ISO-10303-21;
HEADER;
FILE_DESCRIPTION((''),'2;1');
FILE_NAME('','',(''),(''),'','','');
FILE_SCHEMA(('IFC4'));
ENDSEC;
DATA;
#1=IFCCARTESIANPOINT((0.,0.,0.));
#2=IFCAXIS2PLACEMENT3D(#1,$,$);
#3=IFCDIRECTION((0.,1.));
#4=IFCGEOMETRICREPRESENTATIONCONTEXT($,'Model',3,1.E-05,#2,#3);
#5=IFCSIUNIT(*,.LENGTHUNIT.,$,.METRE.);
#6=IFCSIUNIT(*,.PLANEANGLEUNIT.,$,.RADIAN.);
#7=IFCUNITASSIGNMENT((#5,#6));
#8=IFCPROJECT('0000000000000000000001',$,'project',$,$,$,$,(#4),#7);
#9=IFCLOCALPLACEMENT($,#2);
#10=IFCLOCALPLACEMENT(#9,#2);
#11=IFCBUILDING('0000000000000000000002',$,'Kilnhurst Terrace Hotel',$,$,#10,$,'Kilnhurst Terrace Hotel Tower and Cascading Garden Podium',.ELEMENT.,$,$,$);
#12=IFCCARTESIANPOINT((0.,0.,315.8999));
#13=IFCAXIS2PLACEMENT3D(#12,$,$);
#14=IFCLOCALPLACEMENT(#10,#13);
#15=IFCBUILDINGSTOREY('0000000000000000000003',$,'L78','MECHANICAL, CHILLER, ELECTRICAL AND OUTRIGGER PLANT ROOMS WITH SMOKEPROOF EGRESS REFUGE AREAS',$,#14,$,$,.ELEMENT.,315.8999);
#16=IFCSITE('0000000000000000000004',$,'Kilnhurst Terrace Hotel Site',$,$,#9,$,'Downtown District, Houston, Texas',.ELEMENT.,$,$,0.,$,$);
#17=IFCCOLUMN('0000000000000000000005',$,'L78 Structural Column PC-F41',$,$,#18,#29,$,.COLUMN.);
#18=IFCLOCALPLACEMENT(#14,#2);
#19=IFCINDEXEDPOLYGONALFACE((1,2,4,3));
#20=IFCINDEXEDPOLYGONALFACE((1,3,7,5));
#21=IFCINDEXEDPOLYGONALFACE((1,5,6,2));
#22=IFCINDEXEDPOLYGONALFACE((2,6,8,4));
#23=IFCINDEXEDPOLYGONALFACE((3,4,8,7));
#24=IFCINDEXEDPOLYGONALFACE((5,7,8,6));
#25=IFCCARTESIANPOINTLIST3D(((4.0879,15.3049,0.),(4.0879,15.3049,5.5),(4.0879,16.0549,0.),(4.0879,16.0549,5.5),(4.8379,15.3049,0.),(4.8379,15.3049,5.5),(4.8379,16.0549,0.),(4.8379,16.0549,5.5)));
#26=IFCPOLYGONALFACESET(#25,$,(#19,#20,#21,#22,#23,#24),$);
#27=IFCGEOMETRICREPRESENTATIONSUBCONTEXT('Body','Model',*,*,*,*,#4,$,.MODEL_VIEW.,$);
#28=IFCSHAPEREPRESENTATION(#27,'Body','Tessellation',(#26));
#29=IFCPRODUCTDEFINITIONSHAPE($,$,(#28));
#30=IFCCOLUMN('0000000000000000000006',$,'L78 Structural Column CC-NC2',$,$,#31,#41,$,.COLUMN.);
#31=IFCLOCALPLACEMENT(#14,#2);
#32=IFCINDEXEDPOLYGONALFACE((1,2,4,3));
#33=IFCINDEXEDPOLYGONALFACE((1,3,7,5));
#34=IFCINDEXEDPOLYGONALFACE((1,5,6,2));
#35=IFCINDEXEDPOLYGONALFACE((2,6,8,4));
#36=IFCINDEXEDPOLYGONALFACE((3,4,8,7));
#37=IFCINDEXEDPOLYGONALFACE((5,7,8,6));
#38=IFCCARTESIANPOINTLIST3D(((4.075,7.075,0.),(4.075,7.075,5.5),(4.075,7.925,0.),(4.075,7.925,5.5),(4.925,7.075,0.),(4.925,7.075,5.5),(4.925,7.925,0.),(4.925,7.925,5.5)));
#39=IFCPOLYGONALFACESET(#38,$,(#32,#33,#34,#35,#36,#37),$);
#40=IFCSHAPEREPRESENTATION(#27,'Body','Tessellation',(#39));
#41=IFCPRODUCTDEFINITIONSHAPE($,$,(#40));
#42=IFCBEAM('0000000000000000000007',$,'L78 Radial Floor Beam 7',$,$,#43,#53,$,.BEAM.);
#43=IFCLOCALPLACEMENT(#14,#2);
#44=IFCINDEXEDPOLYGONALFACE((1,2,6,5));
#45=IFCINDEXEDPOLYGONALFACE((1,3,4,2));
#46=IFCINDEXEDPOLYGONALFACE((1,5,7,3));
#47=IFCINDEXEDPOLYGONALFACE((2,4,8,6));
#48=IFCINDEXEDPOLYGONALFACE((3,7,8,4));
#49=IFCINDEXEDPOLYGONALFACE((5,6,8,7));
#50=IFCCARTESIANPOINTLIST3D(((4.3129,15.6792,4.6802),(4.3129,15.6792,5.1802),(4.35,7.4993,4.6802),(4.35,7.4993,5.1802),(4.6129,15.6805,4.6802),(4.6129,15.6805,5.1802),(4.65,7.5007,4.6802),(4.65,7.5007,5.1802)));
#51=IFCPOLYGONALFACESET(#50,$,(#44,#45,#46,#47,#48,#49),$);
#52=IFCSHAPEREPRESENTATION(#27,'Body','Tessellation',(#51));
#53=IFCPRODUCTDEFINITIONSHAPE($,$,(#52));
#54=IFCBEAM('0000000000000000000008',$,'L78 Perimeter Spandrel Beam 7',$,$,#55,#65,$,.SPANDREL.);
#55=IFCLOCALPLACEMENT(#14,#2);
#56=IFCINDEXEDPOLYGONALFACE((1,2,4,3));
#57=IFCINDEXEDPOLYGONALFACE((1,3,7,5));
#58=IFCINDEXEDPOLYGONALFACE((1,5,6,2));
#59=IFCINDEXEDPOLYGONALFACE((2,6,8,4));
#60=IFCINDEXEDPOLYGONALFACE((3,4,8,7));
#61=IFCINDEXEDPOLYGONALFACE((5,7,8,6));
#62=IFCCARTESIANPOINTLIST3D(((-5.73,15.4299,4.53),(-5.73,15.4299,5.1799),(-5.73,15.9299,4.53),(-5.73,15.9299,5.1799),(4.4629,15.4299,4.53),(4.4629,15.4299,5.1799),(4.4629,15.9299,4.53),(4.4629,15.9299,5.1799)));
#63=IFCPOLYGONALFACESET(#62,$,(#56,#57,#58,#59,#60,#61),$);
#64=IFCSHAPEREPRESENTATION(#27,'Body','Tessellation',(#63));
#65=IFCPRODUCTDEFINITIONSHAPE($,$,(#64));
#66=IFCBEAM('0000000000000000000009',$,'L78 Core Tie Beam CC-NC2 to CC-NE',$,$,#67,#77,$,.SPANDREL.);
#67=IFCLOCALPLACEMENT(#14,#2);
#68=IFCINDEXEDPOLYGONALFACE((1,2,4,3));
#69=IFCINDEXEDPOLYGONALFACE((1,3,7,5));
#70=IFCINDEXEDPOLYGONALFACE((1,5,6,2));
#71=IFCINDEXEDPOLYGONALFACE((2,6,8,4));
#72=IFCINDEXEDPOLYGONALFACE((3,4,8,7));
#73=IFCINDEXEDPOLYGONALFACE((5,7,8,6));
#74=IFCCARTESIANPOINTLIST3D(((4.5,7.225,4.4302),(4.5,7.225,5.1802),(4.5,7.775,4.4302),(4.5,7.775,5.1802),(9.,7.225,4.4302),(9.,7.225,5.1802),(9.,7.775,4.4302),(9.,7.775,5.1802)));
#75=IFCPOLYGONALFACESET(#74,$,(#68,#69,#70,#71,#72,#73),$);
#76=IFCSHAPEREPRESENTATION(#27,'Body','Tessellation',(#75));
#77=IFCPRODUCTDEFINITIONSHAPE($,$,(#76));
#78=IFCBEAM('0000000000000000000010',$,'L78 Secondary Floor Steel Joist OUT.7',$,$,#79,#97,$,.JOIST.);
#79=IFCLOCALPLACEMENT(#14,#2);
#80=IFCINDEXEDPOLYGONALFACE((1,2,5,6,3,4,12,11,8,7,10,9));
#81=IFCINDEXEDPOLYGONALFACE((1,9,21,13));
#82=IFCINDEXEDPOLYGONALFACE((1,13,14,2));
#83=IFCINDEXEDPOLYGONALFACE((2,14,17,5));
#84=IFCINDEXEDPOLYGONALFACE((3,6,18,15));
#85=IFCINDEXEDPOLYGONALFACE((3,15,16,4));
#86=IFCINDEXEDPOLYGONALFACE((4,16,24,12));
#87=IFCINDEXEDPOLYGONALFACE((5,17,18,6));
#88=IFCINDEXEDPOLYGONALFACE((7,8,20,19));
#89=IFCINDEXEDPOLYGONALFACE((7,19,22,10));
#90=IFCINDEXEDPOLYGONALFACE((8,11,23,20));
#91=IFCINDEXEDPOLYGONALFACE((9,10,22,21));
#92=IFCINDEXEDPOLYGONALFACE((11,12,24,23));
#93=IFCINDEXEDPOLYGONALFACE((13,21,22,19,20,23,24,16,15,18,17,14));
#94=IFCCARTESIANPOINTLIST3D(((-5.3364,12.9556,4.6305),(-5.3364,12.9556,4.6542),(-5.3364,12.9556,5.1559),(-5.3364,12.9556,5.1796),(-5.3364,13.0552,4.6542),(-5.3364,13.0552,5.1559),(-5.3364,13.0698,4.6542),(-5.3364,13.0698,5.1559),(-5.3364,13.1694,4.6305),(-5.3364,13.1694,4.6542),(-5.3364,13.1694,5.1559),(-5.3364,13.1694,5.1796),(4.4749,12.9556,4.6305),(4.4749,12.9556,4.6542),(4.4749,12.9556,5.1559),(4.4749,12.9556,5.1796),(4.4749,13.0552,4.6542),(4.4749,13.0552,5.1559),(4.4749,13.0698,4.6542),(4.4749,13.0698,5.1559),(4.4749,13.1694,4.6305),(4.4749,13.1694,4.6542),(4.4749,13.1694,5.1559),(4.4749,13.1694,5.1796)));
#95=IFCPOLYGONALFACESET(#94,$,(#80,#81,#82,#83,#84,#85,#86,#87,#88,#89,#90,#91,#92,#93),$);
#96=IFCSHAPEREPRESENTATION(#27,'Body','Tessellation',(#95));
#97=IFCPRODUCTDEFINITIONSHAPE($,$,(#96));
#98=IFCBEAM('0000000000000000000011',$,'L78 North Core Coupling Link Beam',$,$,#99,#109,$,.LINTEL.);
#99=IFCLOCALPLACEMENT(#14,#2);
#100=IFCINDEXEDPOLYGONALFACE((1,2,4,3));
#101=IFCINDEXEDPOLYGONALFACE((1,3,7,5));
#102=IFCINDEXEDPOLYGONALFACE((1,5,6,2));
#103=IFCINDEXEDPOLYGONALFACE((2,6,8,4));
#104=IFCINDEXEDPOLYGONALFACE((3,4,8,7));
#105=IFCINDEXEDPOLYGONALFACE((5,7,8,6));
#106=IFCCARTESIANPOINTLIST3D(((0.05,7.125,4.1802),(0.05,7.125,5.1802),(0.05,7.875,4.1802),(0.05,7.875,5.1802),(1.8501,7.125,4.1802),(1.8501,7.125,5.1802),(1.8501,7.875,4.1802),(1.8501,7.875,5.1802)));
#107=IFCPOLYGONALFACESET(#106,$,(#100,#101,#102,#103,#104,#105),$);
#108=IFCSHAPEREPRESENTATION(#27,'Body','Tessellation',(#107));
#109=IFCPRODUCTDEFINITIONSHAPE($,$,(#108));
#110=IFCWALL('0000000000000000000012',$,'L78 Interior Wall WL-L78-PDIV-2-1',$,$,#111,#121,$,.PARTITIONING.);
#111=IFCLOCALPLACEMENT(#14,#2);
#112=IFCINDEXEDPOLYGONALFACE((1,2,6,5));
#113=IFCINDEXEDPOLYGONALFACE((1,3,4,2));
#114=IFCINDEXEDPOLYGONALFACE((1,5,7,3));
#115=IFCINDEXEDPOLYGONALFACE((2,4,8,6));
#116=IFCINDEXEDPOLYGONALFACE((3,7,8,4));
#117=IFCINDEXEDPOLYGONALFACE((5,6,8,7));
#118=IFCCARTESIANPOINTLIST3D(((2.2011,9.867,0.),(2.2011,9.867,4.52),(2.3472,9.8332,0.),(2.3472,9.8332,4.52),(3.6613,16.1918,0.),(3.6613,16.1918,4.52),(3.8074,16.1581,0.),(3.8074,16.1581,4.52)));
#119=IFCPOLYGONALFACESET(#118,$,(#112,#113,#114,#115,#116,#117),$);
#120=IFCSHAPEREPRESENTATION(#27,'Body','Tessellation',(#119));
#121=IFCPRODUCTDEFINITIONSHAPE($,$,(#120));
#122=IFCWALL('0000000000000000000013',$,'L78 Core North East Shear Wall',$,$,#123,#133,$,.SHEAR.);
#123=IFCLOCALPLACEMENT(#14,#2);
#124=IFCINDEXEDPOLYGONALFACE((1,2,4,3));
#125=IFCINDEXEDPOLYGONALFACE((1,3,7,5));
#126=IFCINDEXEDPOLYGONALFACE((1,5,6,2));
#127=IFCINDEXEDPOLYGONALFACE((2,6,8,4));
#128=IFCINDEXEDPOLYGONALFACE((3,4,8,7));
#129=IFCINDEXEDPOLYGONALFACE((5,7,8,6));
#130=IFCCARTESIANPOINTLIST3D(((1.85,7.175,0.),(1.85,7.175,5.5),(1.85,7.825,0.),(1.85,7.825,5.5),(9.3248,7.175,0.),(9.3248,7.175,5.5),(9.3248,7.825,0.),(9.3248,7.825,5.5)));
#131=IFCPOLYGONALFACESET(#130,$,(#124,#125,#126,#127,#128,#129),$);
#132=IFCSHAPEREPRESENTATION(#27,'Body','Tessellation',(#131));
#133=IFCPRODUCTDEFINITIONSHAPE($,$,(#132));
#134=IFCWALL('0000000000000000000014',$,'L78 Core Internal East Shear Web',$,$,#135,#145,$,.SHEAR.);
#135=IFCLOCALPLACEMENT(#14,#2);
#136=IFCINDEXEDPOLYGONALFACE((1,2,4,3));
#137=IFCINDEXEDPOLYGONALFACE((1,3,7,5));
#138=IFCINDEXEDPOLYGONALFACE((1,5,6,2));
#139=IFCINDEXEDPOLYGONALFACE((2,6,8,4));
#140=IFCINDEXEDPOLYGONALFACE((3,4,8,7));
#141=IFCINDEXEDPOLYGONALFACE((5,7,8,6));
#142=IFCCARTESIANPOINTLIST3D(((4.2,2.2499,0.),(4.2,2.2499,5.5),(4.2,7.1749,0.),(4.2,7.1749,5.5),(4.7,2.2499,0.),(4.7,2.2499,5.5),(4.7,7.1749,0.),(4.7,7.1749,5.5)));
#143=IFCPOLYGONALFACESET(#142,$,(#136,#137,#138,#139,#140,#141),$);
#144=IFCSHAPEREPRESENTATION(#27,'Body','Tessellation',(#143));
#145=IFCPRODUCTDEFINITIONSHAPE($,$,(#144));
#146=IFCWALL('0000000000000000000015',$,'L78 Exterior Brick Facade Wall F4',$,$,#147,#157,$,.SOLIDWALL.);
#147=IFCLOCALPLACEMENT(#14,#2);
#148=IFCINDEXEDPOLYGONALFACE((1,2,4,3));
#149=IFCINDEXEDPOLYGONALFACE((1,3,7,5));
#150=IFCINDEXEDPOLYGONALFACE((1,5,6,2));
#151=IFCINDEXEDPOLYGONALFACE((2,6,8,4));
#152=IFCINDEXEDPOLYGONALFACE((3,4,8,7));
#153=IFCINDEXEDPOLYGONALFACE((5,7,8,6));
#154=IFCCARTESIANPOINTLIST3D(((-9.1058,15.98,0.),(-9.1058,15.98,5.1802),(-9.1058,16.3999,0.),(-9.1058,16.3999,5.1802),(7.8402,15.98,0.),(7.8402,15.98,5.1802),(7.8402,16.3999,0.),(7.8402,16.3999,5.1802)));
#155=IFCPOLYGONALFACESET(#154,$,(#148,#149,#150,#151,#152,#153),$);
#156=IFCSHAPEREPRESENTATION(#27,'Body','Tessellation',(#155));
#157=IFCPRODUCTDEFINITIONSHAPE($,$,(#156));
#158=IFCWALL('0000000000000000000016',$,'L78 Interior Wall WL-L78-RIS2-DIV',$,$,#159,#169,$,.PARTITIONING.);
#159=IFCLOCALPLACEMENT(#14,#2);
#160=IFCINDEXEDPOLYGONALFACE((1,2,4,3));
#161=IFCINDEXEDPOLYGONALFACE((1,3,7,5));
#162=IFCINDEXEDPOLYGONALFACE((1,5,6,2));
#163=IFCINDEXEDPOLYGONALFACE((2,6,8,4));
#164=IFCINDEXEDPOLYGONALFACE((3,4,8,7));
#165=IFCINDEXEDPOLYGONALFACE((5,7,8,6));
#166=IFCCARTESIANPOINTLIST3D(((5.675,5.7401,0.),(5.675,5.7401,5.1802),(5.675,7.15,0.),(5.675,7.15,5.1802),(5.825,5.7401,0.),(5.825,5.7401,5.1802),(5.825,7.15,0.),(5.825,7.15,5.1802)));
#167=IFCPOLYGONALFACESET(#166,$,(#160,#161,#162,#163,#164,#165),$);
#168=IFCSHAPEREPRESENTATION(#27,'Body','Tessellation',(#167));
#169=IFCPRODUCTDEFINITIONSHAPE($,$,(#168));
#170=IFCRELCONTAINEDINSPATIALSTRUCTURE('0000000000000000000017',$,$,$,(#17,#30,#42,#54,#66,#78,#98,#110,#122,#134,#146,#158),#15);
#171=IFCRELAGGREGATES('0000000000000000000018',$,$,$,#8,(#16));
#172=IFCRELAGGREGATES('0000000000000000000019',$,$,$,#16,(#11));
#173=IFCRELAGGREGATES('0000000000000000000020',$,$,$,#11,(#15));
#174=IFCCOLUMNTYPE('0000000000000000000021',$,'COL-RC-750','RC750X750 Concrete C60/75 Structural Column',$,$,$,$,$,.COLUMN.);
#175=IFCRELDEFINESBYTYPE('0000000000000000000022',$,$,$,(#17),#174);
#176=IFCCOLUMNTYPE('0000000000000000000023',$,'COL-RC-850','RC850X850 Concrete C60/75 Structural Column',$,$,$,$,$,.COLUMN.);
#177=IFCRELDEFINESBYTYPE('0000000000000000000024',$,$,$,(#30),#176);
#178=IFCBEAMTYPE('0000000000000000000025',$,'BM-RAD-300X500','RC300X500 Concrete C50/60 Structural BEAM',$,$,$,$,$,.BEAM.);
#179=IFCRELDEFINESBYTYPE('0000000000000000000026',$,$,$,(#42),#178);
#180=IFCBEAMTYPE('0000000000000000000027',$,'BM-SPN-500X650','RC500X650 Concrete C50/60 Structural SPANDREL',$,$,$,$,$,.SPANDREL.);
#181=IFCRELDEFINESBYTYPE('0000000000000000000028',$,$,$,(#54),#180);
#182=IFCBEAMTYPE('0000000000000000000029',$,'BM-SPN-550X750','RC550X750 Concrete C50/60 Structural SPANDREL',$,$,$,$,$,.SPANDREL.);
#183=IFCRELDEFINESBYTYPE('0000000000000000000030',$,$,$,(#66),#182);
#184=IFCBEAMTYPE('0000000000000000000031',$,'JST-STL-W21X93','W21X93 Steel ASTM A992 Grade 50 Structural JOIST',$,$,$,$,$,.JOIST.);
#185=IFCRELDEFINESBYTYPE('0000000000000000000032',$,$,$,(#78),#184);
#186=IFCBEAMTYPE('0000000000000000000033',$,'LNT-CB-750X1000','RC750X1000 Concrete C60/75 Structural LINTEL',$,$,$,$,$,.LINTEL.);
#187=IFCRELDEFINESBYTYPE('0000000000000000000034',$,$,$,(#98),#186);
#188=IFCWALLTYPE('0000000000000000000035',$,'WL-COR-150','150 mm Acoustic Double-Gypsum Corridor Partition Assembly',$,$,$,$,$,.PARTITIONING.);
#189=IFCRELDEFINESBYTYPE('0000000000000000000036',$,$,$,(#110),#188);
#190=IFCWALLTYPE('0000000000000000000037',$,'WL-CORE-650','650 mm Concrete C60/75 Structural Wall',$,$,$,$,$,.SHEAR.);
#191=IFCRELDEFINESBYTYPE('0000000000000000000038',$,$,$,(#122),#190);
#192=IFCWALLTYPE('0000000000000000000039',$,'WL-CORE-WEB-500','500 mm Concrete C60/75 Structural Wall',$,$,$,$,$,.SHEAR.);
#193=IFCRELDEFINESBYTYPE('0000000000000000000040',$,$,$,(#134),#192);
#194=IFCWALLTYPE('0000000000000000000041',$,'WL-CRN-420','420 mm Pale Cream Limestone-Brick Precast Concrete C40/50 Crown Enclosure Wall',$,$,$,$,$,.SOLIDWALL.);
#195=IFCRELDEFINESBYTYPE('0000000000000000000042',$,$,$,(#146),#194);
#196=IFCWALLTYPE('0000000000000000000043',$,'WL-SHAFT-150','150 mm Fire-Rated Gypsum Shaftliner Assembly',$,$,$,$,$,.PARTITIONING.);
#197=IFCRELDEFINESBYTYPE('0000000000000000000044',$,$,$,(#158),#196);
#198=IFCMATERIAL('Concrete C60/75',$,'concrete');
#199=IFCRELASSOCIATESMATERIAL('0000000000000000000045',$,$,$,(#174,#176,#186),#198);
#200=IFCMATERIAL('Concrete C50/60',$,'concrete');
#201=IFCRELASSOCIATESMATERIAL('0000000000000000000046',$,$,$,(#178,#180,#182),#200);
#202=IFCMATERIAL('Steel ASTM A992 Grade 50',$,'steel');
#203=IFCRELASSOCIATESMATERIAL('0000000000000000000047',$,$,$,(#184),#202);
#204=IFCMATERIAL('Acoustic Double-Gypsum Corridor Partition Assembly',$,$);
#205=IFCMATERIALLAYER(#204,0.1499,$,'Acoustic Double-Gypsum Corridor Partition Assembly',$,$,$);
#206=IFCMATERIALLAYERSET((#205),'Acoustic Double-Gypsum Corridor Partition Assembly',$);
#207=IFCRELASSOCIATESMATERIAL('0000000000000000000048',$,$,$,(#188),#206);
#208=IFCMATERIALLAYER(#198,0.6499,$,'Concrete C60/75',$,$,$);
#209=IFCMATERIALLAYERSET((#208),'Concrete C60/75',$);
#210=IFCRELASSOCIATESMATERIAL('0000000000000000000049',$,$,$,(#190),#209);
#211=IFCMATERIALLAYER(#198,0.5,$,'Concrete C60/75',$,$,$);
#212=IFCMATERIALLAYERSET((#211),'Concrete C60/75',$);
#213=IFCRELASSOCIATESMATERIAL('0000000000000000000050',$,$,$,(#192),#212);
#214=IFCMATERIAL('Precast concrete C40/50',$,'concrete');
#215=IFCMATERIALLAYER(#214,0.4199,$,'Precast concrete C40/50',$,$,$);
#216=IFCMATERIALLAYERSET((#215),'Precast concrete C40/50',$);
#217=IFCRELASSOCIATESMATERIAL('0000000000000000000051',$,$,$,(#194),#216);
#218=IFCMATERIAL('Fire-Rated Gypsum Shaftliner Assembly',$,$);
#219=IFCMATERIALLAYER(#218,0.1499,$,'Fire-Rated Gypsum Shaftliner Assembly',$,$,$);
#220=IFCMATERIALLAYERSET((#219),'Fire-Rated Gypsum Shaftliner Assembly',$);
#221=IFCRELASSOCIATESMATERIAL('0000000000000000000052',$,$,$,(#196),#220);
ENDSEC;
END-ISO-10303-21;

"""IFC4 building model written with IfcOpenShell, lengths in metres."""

from ifc_helpers import new_model, si_unit, direction, frame, frame_2d, origin, origin_2d, place, context, subcontext, project, spatial, rectangle, i_section, extrude, material, layer, layer_set, material_profile, profile_set, type_object, element, save


model = new_model("IFC4")

# Units and contexts
model_context = context("Model", 3, precision=1e-05, world=origin(), true_north=direction((0.0, 1.0)))
body_context = subcontext(model_context, "Body", "Model", "MODEL_VIEW")
ifc_project = project(units=[si_unit("LENGTHUNIT", "METRE"), si_unit("PLANEANGLEUNIT", "RADIAN")], contexts=[model_context])

# Site, building, storey
site_placement = place(None, origin())
site = spatial("IfcSite", under=ifc_project, at=site_placement, Name="Kilnhurst Terrace Hotel Site", LongName="Downtown District, Houston, Texas", CompositionType="ELEMENT", RefElevation=0.0)
building_placement = place(site_placement, origin())
building = spatial("IfcBuilding", under=site, at=building_placement, Name="Kilnhurst Terrace Hotel", LongName="Kilnhurst Terrace Hotel Tower and Cascading Garden Podium", CompositionType="ELEMENT")
storey_placement = place(building_placement, frame((0.0, 0.0, 315.8999)))
storey = spatial("IfcBuildingStorey", under=building, at=storey_placement, Name="L78", Description="MECHANICAL, CHILLER, ELECTRICAL AND OUTRIGGER PLANT ROOMS WITH SMOKEPROOF EGRESS REFUGE AREAS", CompositionType="ELEMENT", Elevation=315.8999)

# Columns
ifc_material_1 = material(Name="Concrete C60/75", Category="concrete")
ifc_material_profile_1 = material_profile(ifc_material_1, rectangle(XDim=0.75, YDim=0.75, at=origin_2d()), Name="RC750X750")
ifc_profile_set_1 = profile_set([ifc_material_profile_1], Name="Concrete C60/75")
column_type_1 = type_object("IfcColumnType", Name="COL-RC-750", Description="RC750X750 Concrete C60/75 Structural Column", PredefinedType="COLUMN", material=ifc_profile_set_1)
column_1_placement = place(storey_placement, frame((4.4629, 15.6799, 0.0), z_axis=(0.0, 0.0, 1.0), x_axis=(1.0, 0.0, 0.0)))
element("IfcColumn", 1, at=column_1_placement, inside=storey, type_object=column_type_1, Name="L78 Structural Column PC-F41", PredefinedType="COLUMN", context=body_context, shape_type="SweptSolid", body=[
    extrude(rectangle(XDim=0.75, YDim=0.75, at=origin_2d()), origin(), (0.0, 0.0, 1.0), 5.5),
])
ifc_material_profile_2 = material_profile(ifc_material_1, rectangle(XDim=0.8501, YDim=0.8501, at=origin_2d()), Name="RC850X850")
ifc_profile_set_2 = profile_set([ifc_material_profile_2], Name="Concrete C60/75")
column_type_2 = type_object("IfcColumnType", Name="COL-RC-850", Description="RC850X850 Concrete C60/75 Structural Column", PredefinedType="COLUMN", material=ifc_profile_set_2)
column_2_placement = place(storey_placement, frame((4.5, 7.5, 0.0), z_axis=(0.0, 0.0, 1.0), x_axis=(1.0, 0.0, 0.0)))
element("IfcColumn", 2, at=column_2_placement, inside=storey, type_object=column_type_2, Name="L78 Structural Column CC-NC2", PredefinedType="COLUMN", context=body_context, shape_type="SweptSolid", body=[
    extrude(rectangle(XDim=0.8501, YDim=0.8501, at=origin_2d()), origin(), (0.0, 0.0, 1.0), 5.5),
])

# Beams
ifc_material_2 = material(Name="Concrete C50/60", Category="concrete")
ifc_material_profile_3 = material_profile(ifc_material_2, rectangle(XDim=0.3, YDim=0.5, at=origin_2d()), Name="RC300X500")
ifc_profile_set_3 = profile_set([ifc_material_profile_3], Name="Concrete C50/60")
beam_type_1 = type_object("IfcBeamType", Name="BM-RAD-300X500", Description="RC300X500 Concrete C50/60 Structural BEAM", PredefinedType="BEAM", material=ifc_profile_set_3)
beam_1_placement = place(storey_placement, frame((4.5, 7.5, 4.9302), z_axis=(-0.004537, 0.99999, 0.0), x_axis=(-0.99999, -0.004537, 0.0)))
element("IfcBeam", 3, at=beam_1_placement, inside=storey, type_object=beam_type_1, Name="L78 Radial Floor Beam 7", PredefinedType="BEAM", context=body_context, shape_type="SweptSolid", body=[
    extrude(rectangle(XDim=0.3, YDim=0.5, at=origin_2d()), origin(), (0.0, 0.0, 1.0), 8.1799),
])
ifc_material_profile_4 = material_profile(ifc_material_2, rectangle(XDim=0.5, YDim=0.6499, at=origin_2d()), Name="RC500X650")
ifc_profile_set_4 = profile_set([ifc_material_profile_4], Name="Concrete C50/60")
beam_type_2 = type_object("IfcBeamType", Name="BM-SPN-500X650", Description="RC500X650 Concrete C50/60 Structural SPANDREL", PredefinedType="SPANDREL", material=ifc_profile_set_4)
beam_2_placement = place(storey_placement, frame((4.4629, 15.6799, 4.855), z_axis=(-1.0, 0.0, 0.0), x_axis=(0.0, -1.0, 0.0)))
element("IfcBeam", 4, at=beam_2_placement, inside=storey, type_object=beam_type_2, Name="L78 Perimeter Spandrel Beam 7", PredefinedType="SPANDREL", context=body_context, shape_type="SweptSolid", body=[
    extrude(rectangle(XDim=0.5, YDim=0.6499, at=origin_2d()), origin(), (0.0, 0.0, 1.0), 10.1929),
])
ifc_material_profile_5 = material_profile(ifc_material_2, rectangle(XDim=0.55, YDim=0.75, at=origin_2d()), Name="RC550X750")
ifc_profile_set_5 = profile_set([ifc_material_profile_5], Name="Concrete C50/60")
beam_type_3 = type_object("IfcBeamType", Name="BM-SPN-550X750", Description="RC550X750 Concrete C50/60 Structural SPANDREL", PredefinedType="SPANDREL", material=ifc_profile_set_5)
beam_3_placement = place(storey_placement, frame((4.5, 7.5, 4.8052), z_axis=(1.0, 0.0, 0.0), x_axis=(0.0, 1.0, 0.0)))
element("IfcBeam", 5, at=beam_3_placement, inside=storey, type_object=beam_type_3, Name="L78 Core Tie Beam CC-NC2 to CC-NE", PredefinedType="SPANDREL", context=body_context, shape_type="SweptSolid", body=[
    extrude(rectangle(XDim=0.55, YDim=0.75, at=origin_2d()), origin(), (0.0, 0.0, 1.0), 4.5),
])
ifc_material_3 = material(Name="Steel ASTM A992 Grade 50", Category="steel")
ifc_material_profile_6 = material_profile(ifc_material_3, i_section(OverallWidth=0.2139, OverallDepth=0.5491, WebThickness=0.0146, FlangeThickness=0.0237, at=origin_2d()), Name="W21X93")
ifc_profile_set_6 = profile_set([ifc_material_profile_6], Name="Steel ASTM A992 Grade 50")
beam_type_4 = type_object("IfcBeamType", Name="JST-STL-W21X93", Description="W21X93 Steel ASTM A992 Grade 50 Structural JOIST", PredefinedType="JOIST", material=ifc_profile_set_6)
beam_4_placement = place(storey_placement, frame((4.4749, 13.0625, 4.905), z_axis=(-1.0, 0.0, 0.0), x_axis=(0.0, -1.0, 0.0)))
element("IfcBeam", 6, at=beam_4_placement, inside=storey, type_object=beam_type_4, Name="L78 Secondary Floor Steel Joist OUT.7", PredefinedType="JOIST", context=body_context, shape_type="SweptSolid", body=[
    extrude(i_section(OverallWidth=0.2139, OverallDepth=0.5491, WebThickness=0.0146, FlangeThickness=0.0237, at=origin_2d()), origin(), (0.0, 0.0, 1.0), 9.8113),
])
ifc_material_profile_7 = material_profile(ifc_material_1, rectangle(XDim=0.75, YDim=1.0, at=origin_2d()), Name="RC750X1000")
ifc_profile_set_7 = profile_set([ifc_material_profile_7], Name="Concrete C60/75")
beam_type_5 = type_object("IfcBeamType", Name="LNT-CB-750X1000", Description="RC750X1000 Concrete C60/75 Structural LINTEL", PredefinedType="LINTEL", material=ifc_profile_set_7)
beam_5_placement = place(storey_placement, frame((0.05, 7.5, 4.6802), z_axis=(1.0, 0.0, 0.0), x_axis=(0.0, 1.0, 0.0)))
element("IfcBeam", 7, at=beam_5_placement, inside=storey, type_object=beam_type_5, Name="L78 North Core Coupling Link Beam", PredefinedType="LINTEL", context=body_context, shape_type="SweptSolid", body=[
    extrude(rectangle(XDim=0.75, YDim=1.0, at=origin_2d()), origin(), (0.0, 0.0, 1.0), 1.8),
])

# Walls
ifc_material_4 = material(Name="Acoustic Double-Gypsum Corridor Partition Assembly")
ifc_layer_1 = layer(ifc_material_4, 0.1499, Name="Acoustic Double-Gypsum Corridor Partition Assembly")
ifc_layer_set_1 = layer_set([ifc_layer_1], Name="Acoustic Double-Gypsum Corridor Partition Assembly")
wall_type_1 = type_object("IfcWallType", Name="WL-COR-150", Description="150 mm Acoustic Double-Gypsum Corridor Partition Assembly", PredefinedType="PARTITIONING", material=ifc_layer_set_1)
wall_1_placement = place(storey_placement, frame((2.2742, 9.8501, 0.0), z_axis=(0.0, 0.0, 1.0), x_axis=(0.224947, 0.974371, 0.0)))
element("IfcWall", 8, at=wall_1_placement, inside=storey, type_object=wall_type_1, Name="L78 Interior Wall WL-L78-PDIV-2-1", PredefinedType="PARTITIONING", context=body_context, shape_type="SweptSolid", body=[
    extrude(rectangle(XDim=6.4912, YDim=0.1499, at=frame_2d((3.2456, 0.0))), origin(), (0.0, 0.0, 1.0), 4.52),
])
ifc_layer_2 = layer(ifc_material_1, 0.6499, Name="Concrete C60/75")
ifc_layer_set_2 = layer_set([ifc_layer_2], Name="Concrete C60/75")
wall_type_2 = type_object("IfcWallType", Name="WL-CORE-650", Description="650 mm Concrete C60/75 Structural Wall", PredefinedType="SHEAR", material=ifc_layer_set_2)
wall_2_placement = place(storey_placement, frame((1.8501, 7.5, 0.0), z_axis=(0.0, 0.0, 1.0), x_axis=(1.0, 0.0, 0.0)))
element("IfcWall", 9, at=wall_2_placement, inside=storey, type_object=wall_type_2, Name="L78 Core North East Shear Wall", PredefinedType="SHEAR", context=body_context, shape_type="SweptSolid", body=[
    extrude(rectangle(XDim=7.4749, YDim=0.6499, at=frame_2d((3.7373, 0.0))), origin(), (0.0, 0.0, 1.0), 5.5),
])
ifc_layer_3 = layer(ifc_material_1, 0.5, Name="Concrete C60/75")
ifc_layer_set_3 = layer_set([ifc_layer_3], Name="Concrete C60/75")
wall_type_3 = type_object("IfcWallType", Name="WL-CORE-WEB-500", Description="500 mm Concrete C60/75 Structural Wall", PredefinedType="SHEAR", material=ifc_layer_set_3)
wall_3_placement = place(storey_placement, frame((4.45, 2.25, 0.0), z_axis=(0.0, 0.0, 1.0), x_axis=(0.0, 1.0, 0.0)))
element("IfcWall", 10, at=wall_3_placement, inside=storey, type_object=wall_type_3, Name="L78 Core Internal East Shear Web", PredefinedType="SHEAR", context=body_context, shape_type="SweptSolid", body=[
    extrude(rectangle(XDim=4.925, YDim=0.5, at=frame_2d((2.4624, 0.0))), origin(), (0.0, 0.0, 1.0), 5.5),
])
ifc_material_5 = material(Name="Precast concrete C40/50", Category="concrete")
ifc_layer_4 = layer(ifc_material_5, 0.4199, Name="Precast concrete C40/50")
ifc_layer_set_4 = layer_set([ifc_layer_4], Name="Precast concrete C40/50")
wall_type_4 = type_object("IfcWallType", Name="WL-CRN-420", Description="420 mm Pale Cream Limestone-Brick Precast Concrete C40/50 Crown Enclosure Wall", PredefinedType="SOLIDWALL", material=ifc_layer_set_4)
wall_4_placement = place(storey_placement, frame((7.8403, 16.1899, 0.0), z_axis=(0.0, 0.0, 1.0), x_axis=(-1.0, 0.0, 0.0)))
element("IfcWall", 11, at=wall_4_placement, inside=storey, type_object=wall_type_4, Name="L78 Exterior Brick Facade Wall F4", PredefinedType="SOLIDWALL", context=body_context, shape_type="SweptSolid", body=[
    extrude(rectangle(XDim=16.946, YDim=0.4199, at=frame_2d((8.4731, 0.0))), origin(), (0.0, 0.0, 1.0), 5.1802),
])
ifc_material_6 = material(Name="Fire-Rated Gypsum Shaftliner Assembly")
ifc_layer_5 = layer(ifc_material_6, 0.1499, Name="Fire-Rated Gypsum Shaftliner Assembly")
ifc_layer_set_5 = layer_set([ifc_layer_5], Name="Fire-Rated Gypsum Shaftliner Assembly")
wall_type_5 = type_object("IfcWallType", Name="WL-SHAFT-150", Description="150 mm Fire-Rated Gypsum Shaftliner Assembly", PredefinedType="PARTITIONING", material=ifc_layer_set_5)
wall_5_placement = place(storey_placement, frame((5.75, 5.74, 0.0), z_axis=(0.0, 0.0, 1.0), x_axis=(0.0, 1.0, 0.0)))
element("IfcWall", 12, at=wall_5_placement, inside=storey, type_object=wall_type_5, Name="L78 Interior Wall WL-L78-RIS2-DIV", PredefinedType="PARTITIONING", context=body_context, shape_type="SweptSolid", body=[
    extrude(rectangle(XDim=1.4099, YDim=0.1499, at=frame_2d((0.7051, 0.0))), origin(), (0.0, 0.0, 1.0), 5.1802),
])

save(model, "model.ifc")
